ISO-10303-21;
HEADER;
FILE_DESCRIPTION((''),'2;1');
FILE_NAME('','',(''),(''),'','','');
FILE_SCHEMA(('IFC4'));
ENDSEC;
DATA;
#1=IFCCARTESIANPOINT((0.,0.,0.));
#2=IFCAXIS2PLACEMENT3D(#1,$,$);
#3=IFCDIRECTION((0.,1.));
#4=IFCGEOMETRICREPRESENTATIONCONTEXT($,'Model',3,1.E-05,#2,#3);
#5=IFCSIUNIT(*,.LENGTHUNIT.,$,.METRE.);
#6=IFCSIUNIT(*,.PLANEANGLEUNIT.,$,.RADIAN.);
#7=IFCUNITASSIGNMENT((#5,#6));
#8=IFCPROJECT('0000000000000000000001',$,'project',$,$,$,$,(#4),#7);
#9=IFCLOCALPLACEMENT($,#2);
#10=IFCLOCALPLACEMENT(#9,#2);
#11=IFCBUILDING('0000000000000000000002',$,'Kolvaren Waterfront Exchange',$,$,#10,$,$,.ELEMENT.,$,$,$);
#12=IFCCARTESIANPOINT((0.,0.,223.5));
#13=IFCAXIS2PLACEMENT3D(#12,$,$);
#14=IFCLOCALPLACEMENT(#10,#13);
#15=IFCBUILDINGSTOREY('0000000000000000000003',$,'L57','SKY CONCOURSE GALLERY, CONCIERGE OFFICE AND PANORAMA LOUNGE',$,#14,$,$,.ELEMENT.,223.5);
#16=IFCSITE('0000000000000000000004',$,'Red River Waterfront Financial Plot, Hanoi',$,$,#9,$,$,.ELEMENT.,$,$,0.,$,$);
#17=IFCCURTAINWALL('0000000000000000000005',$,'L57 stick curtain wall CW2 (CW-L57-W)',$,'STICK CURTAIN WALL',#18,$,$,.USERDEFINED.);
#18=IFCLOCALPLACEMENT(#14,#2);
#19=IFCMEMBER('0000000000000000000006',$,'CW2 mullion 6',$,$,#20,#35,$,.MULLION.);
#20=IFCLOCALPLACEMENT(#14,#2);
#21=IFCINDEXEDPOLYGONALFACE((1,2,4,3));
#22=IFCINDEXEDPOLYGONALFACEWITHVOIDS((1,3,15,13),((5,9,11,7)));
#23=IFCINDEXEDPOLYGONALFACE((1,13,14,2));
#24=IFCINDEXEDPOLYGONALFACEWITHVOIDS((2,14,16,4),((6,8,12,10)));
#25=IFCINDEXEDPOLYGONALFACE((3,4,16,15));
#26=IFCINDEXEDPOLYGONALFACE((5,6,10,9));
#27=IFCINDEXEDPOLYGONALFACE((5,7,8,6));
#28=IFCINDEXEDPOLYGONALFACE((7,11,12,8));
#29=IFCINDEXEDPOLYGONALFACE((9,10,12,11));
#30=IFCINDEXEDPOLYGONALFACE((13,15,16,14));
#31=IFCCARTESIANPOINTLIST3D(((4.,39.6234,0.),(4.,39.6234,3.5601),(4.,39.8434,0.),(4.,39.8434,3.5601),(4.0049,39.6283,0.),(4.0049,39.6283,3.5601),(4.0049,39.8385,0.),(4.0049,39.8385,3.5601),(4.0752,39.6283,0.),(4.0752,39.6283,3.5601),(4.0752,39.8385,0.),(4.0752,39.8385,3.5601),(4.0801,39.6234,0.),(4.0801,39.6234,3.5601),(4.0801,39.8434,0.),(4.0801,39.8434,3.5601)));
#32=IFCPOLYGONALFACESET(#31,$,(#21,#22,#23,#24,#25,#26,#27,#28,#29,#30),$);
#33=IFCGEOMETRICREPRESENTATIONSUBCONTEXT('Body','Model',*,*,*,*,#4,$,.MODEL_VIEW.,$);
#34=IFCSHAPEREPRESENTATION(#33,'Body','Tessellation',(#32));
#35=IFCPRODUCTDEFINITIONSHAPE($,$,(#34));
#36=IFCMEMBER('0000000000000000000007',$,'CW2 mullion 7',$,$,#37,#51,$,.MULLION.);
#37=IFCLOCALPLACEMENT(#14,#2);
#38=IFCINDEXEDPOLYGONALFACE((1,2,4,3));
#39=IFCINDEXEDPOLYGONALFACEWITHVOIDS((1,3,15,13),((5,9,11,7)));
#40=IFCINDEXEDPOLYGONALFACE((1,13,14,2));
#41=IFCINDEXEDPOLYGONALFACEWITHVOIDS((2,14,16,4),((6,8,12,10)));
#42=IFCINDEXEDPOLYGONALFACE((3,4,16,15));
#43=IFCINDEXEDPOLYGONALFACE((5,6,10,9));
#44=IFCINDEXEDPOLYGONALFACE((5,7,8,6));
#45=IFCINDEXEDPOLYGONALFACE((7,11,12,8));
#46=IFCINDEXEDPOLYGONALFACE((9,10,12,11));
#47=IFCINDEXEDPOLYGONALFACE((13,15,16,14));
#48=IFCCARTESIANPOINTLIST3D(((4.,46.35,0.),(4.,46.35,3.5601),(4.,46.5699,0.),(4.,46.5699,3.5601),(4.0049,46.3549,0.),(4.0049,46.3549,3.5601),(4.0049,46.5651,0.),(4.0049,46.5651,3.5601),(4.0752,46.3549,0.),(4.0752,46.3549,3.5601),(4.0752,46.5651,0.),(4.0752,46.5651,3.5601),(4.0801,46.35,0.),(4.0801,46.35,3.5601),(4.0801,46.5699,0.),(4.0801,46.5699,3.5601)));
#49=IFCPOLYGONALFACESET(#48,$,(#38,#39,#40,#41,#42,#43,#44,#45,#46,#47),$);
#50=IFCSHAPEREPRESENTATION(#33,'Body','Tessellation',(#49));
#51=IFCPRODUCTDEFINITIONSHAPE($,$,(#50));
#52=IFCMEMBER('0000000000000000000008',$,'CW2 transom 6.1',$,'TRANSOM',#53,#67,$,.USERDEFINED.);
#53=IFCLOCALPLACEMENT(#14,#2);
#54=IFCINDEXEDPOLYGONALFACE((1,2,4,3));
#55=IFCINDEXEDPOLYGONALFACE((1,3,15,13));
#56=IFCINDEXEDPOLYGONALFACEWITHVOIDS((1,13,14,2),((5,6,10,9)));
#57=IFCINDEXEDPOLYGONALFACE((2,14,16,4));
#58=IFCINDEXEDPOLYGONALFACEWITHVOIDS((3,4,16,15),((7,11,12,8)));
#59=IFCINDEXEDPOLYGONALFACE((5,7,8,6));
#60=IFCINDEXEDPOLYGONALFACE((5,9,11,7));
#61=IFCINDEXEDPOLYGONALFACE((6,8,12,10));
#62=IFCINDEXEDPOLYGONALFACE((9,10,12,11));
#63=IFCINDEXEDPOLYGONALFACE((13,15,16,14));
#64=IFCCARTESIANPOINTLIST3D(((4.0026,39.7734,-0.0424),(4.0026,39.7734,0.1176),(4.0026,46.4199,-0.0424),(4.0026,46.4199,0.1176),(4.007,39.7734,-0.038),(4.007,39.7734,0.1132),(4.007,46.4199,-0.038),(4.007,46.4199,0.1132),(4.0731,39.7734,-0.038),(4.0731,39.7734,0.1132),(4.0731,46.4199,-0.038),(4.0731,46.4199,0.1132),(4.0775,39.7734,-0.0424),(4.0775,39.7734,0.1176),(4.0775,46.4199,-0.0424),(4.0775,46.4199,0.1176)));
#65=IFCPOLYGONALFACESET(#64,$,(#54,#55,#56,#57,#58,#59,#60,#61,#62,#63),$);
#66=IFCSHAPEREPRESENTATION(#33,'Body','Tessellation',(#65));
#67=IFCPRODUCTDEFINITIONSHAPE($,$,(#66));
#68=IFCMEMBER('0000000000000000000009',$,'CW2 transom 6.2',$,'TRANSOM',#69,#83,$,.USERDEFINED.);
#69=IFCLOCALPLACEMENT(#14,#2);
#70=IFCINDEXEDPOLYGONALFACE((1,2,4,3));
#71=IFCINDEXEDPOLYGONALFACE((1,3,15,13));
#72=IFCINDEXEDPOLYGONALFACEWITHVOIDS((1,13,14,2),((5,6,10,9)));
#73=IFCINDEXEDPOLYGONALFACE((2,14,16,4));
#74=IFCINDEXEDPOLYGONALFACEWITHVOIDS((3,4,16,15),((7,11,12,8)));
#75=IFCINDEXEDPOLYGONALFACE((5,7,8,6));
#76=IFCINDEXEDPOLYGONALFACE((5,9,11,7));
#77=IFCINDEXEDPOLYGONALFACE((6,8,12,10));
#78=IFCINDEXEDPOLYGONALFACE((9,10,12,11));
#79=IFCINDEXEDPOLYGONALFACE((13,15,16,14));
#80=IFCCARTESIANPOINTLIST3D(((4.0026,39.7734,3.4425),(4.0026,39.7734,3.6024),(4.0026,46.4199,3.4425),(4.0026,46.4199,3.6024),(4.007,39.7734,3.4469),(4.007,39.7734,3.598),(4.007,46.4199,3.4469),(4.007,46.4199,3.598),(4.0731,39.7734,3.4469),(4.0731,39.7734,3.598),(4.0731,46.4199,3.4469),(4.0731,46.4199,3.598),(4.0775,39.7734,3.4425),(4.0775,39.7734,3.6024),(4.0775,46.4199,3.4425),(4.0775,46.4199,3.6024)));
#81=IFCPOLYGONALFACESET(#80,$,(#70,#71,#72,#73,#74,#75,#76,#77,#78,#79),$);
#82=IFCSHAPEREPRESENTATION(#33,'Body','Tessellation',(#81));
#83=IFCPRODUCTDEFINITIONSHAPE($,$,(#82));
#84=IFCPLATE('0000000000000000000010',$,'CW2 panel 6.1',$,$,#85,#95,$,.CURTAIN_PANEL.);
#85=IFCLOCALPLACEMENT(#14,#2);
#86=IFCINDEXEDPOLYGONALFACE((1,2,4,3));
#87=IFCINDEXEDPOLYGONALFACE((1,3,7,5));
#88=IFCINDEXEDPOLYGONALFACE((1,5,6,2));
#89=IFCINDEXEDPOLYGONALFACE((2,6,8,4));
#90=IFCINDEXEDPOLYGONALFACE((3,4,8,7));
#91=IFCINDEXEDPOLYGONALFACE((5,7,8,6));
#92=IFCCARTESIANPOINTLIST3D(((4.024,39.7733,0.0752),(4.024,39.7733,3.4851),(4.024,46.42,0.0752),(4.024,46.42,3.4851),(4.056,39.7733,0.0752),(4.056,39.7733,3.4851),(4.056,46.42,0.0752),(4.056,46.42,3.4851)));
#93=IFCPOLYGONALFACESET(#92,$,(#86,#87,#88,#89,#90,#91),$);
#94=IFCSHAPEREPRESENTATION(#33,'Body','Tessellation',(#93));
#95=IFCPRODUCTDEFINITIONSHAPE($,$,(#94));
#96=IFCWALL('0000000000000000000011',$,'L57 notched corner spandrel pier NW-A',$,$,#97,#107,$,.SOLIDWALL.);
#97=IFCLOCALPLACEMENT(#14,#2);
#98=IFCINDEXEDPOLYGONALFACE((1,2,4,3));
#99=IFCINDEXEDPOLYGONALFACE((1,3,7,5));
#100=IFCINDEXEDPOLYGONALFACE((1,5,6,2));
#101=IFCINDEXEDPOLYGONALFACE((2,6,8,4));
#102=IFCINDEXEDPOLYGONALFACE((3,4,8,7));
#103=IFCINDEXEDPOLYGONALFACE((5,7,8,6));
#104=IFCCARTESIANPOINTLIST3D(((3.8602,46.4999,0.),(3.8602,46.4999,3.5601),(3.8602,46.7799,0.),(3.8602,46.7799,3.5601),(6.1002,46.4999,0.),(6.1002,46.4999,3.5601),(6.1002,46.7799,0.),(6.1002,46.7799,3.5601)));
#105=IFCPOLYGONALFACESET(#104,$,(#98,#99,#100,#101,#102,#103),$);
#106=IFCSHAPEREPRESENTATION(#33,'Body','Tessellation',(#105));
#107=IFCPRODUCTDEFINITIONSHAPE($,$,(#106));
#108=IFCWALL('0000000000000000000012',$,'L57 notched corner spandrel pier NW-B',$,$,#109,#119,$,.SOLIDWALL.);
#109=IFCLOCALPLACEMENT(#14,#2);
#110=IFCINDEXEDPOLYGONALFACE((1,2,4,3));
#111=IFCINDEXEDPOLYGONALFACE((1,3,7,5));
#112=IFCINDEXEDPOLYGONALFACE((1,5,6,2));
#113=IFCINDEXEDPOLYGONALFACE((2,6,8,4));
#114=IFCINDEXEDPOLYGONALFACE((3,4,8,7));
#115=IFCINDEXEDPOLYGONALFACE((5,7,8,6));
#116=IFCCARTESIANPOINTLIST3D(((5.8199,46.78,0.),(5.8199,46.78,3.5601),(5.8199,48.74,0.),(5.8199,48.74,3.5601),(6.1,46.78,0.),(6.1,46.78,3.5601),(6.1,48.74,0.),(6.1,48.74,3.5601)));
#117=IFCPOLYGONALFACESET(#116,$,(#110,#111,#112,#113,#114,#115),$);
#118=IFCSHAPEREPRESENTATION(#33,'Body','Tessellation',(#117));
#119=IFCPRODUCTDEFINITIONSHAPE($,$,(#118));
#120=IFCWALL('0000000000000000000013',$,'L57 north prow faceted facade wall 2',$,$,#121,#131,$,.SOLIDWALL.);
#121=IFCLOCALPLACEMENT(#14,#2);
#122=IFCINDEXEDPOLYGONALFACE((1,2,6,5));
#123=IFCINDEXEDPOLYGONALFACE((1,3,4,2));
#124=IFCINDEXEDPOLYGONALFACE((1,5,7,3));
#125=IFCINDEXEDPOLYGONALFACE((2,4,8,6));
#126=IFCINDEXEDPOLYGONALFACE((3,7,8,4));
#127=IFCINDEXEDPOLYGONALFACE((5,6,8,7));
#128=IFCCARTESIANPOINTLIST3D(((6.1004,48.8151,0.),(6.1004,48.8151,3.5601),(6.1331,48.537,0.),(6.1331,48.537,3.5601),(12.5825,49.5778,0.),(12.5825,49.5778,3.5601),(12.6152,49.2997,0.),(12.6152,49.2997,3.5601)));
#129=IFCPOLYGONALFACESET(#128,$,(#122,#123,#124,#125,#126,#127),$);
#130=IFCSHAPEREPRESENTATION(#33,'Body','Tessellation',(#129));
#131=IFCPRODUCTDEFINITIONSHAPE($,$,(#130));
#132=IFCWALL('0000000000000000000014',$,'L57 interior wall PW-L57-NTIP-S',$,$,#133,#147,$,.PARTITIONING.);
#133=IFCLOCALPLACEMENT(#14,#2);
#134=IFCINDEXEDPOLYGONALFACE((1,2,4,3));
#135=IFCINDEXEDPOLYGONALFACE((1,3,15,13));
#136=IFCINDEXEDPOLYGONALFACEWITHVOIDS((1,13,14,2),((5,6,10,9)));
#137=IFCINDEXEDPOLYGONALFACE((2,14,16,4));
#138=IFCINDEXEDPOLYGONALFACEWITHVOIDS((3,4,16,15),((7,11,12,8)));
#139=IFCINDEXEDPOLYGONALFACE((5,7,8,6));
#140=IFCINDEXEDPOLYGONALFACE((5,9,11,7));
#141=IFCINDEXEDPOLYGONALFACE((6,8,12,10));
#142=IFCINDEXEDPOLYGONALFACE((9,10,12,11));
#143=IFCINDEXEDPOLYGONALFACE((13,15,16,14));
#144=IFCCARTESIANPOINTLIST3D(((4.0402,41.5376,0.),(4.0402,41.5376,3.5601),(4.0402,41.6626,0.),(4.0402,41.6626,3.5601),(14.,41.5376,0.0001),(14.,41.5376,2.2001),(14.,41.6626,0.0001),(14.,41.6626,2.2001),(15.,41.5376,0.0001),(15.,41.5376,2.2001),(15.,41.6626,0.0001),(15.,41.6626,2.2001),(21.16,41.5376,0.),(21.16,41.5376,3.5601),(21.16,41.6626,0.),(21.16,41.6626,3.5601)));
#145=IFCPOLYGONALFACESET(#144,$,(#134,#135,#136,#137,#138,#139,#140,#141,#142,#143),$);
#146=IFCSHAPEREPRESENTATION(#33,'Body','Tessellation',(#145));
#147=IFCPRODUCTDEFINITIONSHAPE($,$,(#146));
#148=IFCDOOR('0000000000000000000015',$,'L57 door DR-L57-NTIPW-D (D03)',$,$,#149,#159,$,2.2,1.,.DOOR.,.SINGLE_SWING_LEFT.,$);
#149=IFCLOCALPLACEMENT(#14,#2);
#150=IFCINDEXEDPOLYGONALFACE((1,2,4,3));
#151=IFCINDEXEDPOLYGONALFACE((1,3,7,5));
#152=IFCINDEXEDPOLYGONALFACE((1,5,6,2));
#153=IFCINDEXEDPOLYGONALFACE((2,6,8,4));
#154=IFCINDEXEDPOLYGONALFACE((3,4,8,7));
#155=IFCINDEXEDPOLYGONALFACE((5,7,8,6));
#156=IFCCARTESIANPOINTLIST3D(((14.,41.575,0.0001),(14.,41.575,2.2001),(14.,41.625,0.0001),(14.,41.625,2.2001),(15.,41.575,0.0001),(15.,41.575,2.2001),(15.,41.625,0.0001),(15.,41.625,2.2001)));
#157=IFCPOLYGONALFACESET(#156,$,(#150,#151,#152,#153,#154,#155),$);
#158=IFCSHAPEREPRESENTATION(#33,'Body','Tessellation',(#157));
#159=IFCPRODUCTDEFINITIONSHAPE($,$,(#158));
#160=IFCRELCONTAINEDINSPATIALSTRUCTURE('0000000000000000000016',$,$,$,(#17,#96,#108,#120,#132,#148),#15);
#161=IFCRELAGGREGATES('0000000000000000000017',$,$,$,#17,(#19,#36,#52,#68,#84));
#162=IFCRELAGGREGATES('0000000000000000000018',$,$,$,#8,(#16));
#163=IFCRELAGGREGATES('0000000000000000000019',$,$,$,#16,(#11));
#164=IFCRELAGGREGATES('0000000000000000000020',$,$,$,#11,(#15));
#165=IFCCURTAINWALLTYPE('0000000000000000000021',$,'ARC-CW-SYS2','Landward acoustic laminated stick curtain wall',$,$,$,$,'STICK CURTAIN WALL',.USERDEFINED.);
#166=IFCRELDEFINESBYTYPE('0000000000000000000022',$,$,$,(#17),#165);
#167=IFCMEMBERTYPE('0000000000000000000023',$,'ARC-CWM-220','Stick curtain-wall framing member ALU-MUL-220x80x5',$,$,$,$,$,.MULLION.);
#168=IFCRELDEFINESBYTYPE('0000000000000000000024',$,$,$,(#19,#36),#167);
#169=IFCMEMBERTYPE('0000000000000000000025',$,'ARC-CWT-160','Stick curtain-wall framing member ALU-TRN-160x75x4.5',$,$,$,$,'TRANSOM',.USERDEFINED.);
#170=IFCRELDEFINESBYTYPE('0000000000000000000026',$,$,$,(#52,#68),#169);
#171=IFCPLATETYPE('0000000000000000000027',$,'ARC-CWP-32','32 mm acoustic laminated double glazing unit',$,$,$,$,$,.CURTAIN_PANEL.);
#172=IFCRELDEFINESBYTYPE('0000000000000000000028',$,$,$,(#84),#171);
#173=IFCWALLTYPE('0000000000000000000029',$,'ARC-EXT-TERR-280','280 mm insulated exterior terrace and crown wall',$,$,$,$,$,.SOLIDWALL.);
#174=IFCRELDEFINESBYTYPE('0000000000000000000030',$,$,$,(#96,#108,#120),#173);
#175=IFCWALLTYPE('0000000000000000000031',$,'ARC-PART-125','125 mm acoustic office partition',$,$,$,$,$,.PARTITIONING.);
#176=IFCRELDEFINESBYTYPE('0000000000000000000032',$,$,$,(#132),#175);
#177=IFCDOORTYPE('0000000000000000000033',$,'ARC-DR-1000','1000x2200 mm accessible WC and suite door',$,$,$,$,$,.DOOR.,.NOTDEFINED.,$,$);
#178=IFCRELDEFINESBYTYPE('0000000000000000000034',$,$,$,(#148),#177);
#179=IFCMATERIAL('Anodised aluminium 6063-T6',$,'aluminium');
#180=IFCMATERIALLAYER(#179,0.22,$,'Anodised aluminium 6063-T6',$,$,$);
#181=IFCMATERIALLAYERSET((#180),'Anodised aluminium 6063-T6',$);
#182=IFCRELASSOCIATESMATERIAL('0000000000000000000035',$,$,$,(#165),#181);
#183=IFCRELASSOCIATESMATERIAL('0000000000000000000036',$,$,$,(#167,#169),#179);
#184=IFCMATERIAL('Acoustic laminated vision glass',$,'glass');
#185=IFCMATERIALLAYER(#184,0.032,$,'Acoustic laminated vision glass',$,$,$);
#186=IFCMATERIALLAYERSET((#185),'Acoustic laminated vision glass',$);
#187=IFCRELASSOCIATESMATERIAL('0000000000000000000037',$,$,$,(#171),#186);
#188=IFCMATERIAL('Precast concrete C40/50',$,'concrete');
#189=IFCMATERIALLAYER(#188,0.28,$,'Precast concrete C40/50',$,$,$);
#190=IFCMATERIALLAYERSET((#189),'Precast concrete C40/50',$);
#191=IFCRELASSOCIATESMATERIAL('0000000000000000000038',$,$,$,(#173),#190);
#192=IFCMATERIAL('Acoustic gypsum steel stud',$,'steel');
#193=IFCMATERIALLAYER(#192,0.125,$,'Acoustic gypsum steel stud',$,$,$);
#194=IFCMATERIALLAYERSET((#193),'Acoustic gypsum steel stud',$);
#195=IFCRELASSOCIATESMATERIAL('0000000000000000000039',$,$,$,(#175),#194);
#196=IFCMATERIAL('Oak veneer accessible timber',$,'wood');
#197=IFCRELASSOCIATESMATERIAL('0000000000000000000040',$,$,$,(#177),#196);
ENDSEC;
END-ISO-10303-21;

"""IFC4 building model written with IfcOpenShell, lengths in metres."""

from ifc_helpers import new_model, si_unit, direction, frame, frame_2d, origin, origin_with_axes, origin_2d, place, context, subcontext, project, spatial, rectangle, hollow_rectangle, extrude, source, transform, mapped, material, layer, layer_set, material_profile, profile_set, type_object, element, fill, aggregate, save


model = new_model("IFC4")

# Units and contexts
model_context = context("Model", 3, precision=1e-05, world=origin(), true_north=direction((0.0, 1.0)))
body_context = subcontext(model_context, "Body", "Model", "MODEL_VIEW")
ifc_project = project(units=[si_unit("LENGTHUNIT", "METRE"), si_unit("PLANEANGLEUNIT", "RADIAN")], contexts=[model_context])

# Site, building, storey
site_placement = place(None, origin())
site = spatial("IfcSite", under=ifc_project, at=site_placement, Name="Red River Waterfront Financial Plot, Hanoi", CompositionType="ELEMENT", RefElevation=0.0)
building_placement = place(site_placement, origin())
building = spatial("IfcBuilding", under=site, at=building_placement, Name="Kolvaren Waterfront Exchange", CompositionType="ELEMENT")
storey_placement = place(building_placement, frame((0.0, 0.0, 223.5)))
storey = spatial("IfcBuildingStorey", under=building, at=storey_placement, Name="L57", Description="SKY CONCOURSE GALLERY, CONCIERGE OFFICE AND PANORAMA LOUNGE", CompositionType="ELEMENT", Elevation=223.5)

# Curtain wall, members, plate
ifc_material_1 = material(Name="Anodised aluminium 6063-T6", Category="aluminium")
ifc_layer_1 = layer(ifc_material_1, 0.22, Name="Anodised aluminium 6063-T6")
ifc_layer_set_1 = layer_set([ifc_layer_1], Name="Anodised aluminium 6063-T6")
curtain_wall_type = type_object("IfcCurtainWallType", Name="ARC-CW-SYS2", Description="Landward acoustic laminated stick curtain wall", ElementType="STICK CURTAIN WALL", PredefinedType="USERDEFINED", material=ifc_layer_set_1)
curtain_wall_placement = place(storey_placement, origin())
curtain_wall = element("IfcCurtainWall", 1, at=curtain_wall_placement, inside=storey, type_object=curtain_wall_type, Name="L57 stick curtain wall CW2 (CW-L57-W)", ObjectType="STICK CURTAIN WALL", PredefinedType="USERDEFINED")
ifc_material_profile_1 = material_profile(ifc_material_1, hollow_rectangle(XDim=0.0801, YDim=0.22, WallThickness=0.0049, at=origin_2d()), Name="ALU-MUL-220x80x5")
ifc_profile_set_1 = profile_set([ifc_material_profile_1], Name="Anodised aluminium 6063-T6")
member_type_1 = type_object("IfcMemberType", Name="ARC-CWM-220", Description="Stick curtain-wall framing member ALU-MUL-220x80x5", PredefinedType="MULLION", material=ifc_profile_set_1)
shared_shape_1 = source(origin_with_axes(), body_context, "Body", "SweptSolid", [
    extrude(hollow_rectangle(XDim=0.0801, YDim=0.22, WallThickness=0.0049, at=origin_2d()), origin(), (0.0, 0.0, 1.0), 3.5601),
])
member_1_placement = place(storey_placement, frame((4.04, 39.7334, 0.0), z_axis=(0.0, 0.0, 1.0), x_axis=(-1.0, 0.0, 0.0)))
member_1 = element("IfcMember", 2, at=member_1_placement, type_object=member_type_1, Name="CW2 mullion 6", PredefinedType="MULLION", context=body_context, shape_type="MappedRepresentation", body=[
    mapped(shared_shape_1, transform((0.0, 0.0, 0.0), x_axis=(1.0, 0.0, 0.0), y_axis=(0.0, 1.0, 0.0), z_axis=(0.0, 0.0, 1.0), scale=1.0)),
])
member_2_placement = place(storey_placement, frame((4.04, 46.46, 0.0), z_axis=(0.0, 0.0, 1.0), x_axis=(-1.0, 0.0, 0.0)))
member_2 = element("IfcMember", 3, at=member_2_placement, type_object=member_type_1, Name="CW2 mullion 7", PredefinedType="MULLION", context=body_context, shape_type="MappedRepresentation", body=[
    mapped(shared_shape_1, transform((0.0, 0.0, 0.0), x_axis=(1.0, 0.0, 0.0), y_axis=(0.0, 1.0, 0.0), z_axis=(0.0, 0.0, 1.0), scale=1.0)),
])
ifc_material_profile_2 = material_profile(ifc_material_1, hollow_rectangle(XDim=0.075, YDim=0.1599, WallThickness=0.0044, at=origin_2d()), Name="ALU-TRN-160x75x4.5")
ifc_profile_set_2 = profile_set([ifc_material_profile_2], Name="Anodised aluminium 6063-T6")
member_type_2 = type_object("IfcMemberType", Name="ARC-CWT-160", Description="Stick curtain-wall framing member ALU-TRN-160x75x4.5", ElementType="TRANSOM", PredefinedType="USERDEFINED", material=ifc_profile_set_2)
shared_shape_2 = source(origin_with_axes(), body_context, "Body", "SweptSolid", [
    extrude(hollow_rectangle(XDim=0.075, YDim=0.1599, WallThickness=0.0044, at=origin_2d()), origin(), (0.0, 0.0, 1.0), 6.6465),
])
member_3_placement = place(storey_placement, frame((4.04, 39.7734, 0.0376), z_axis=(0.0, 1.0, 0.0), x_axis=(-1.0, 0.0, 0.0)))
member_3 = element("IfcMember", 4, at=member_3_placement, type_object=member_type_2, Name="CW2 transom 6.1", ObjectType="TRANSOM", PredefinedType="USERDEFINED", context=body_context, shape_type="MappedRepresentation", body=[
    mapped(shared_shape_2, transform((0.0, 0.0, 0.0), x_axis=(1.0, 0.0, 0.0), y_axis=(0.0, 1.0, 0.0), z_axis=(0.0, 0.0, 1.0), scale=1.0)),
])
member_4_placement = place(storey_placement, frame((4.04, 39.7734, 3.5225), z_axis=(0.0, 1.0, 0.0), x_axis=(-1.0, 0.0, 0.0)))
member_4 = element("IfcMember", 5, at=member_4_placement, type_object=member_type_2, Name="CW2 transom 6.2", ObjectType="TRANSOM", PredefinedType="USERDEFINED", context=body_context, shape_type="MappedRepresentation", body=[
    mapped(shared_shape_2, transform((0.0, 0.0, 0.0), x_axis=(1.0, 0.0, 0.0), y_axis=(0.0, 1.0, 0.0), z_axis=(0.0, 0.0, 1.0), scale=1.0)),
])
ifc_material_2 = material(Name="Acoustic laminated vision glass", Category="glass")
ifc_layer_2 = layer(ifc_material_2, 0.032, Name="Acoustic laminated vision glass")
ifc_layer_set_2 = layer_set([ifc_layer_2], Name="Acoustic laminated vision glass")
plate_type = type_object("IfcPlateType", Name="ARC-CWP-32", Description="32 mm acoustic laminated double glazing unit", PredefinedType="CURTAIN_PANEL", material=ifc_layer_set_2)
shared_shape_3 = source(origin_with_axes(), body_context, "Body", "SweptSolid", [
    extrude(rectangle(XDim=6.6467, YDim=0.032, at=origin_2d()), origin(), (0.0, 0.0, 1.0), 3.4099),
])
plate_placement = place(storey_placement, frame((4.04, 43.0967, 0.0752), z_axis=(0.0, 0.0, 1.0), x_axis=(0.0, 1.0, 0.0)))
plate = element("IfcPlate", 6, at=plate_placement, type_object=plate_type, Name="CW2 panel 6.1", PredefinedType="CURTAIN_PANEL", context=body_context, shape_type="MappedRepresentation", body=[
    mapped(shared_shape_3, transform((0.0, 0.0, 0.0), x_axis=(1.0, 0.0, 0.0), y_axis=(0.0, 1.0, 0.0), z_axis=(0.0, 0.0, 1.0), scale=1.0)),
])
aggregate(curtain_wall, [member_1, member_2, member_3, member_4, plate])

# Walls
ifc_material_3 = material(Name="Precast concrete C40/50", Category="concrete")
ifc_layer_3 = layer(ifc_material_3, 0.28, Name="Precast concrete C40/50")
ifc_layer_set_3 = layer_set([ifc_layer_3], Name="Precast concrete C40/50")
wall_type_1 = type_object("IfcWallType", Name="ARC-EXT-TERR-280", Description="280 mm insulated exterior terrace and crown wall", PredefinedType="SOLIDWALL", material=ifc_layer_set_3)
wall_1_placement = place(storey_placement, frame((3.8601, 46.6399, 0.0), z_axis=(0.0, 0.0, 1.0), x_axis=(1.0, 0.0, 0.0)))
element("IfcWall", 7, at=wall_1_placement, inside=storey, type_object=wall_type_1, Name="L57 notched corner spandrel pier NW-A", PredefinedType="SOLIDWALL", context=body_context, shape_type="SweptSolid", body=[
    extrude(rectangle(XDim=2.24, YDim=0.28, at=frame_2d((1.1201, 0.0))), origin(), (0.0, 0.0, 1.0), 3.5601),
])
wall_2_placement = place(storey_placement, frame((5.96, 46.78, 0.0), z_axis=(0.0, 0.0, 1.0), x_axis=(0.0, 1.0, 0.0)))
element("IfcWall", 8, at=wall_2_placement, inside=storey, type_object=wall_type_1, Name="L57 notched corner spandrel pier NW-B", PredefinedType="SOLIDWALL", context=body_context, shape_type="SweptSolid", body=[
    extrude(rectangle(XDim=1.96, YDim=0.28, at=frame_2d((0.98, 0.0))), origin(), (0.0, 0.0, 1.0), 3.5601),
])
wall_3_placement = place(storey_placement, frame((12.5989, 49.4387, 0.0), z_axis=(0.0, 0.0, 1.0), x_axis=(-0.993149, -0.116854, 0.0)))
element("IfcWall", 9, at=wall_3_placement, inside=storey, type_object=wall_type_1, Name="L57 north prow faceted facade wall 2", PredefinedType="SOLIDWALL", context=body_context, shape_type="SweptSolid", body=[
    extrude(rectangle(XDim=6.5269, YDim=0.28, at=frame_2d((3.2634, 0.0))), origin(), (0.0, 0.0, 1.0), 3.5601),
])

# Wall, opening, door
ifc_material_4 = material(Name="Acoustic gypsum steel stud", Category="steel")
ifc_layer_4 = layer(ifc_material_4, 0.125, Name="Acoustic gypsum steel stud")
ifc_layer_set_4 = layer_set([ifc_layer_4], Name="Acoustic gypsum steel stud")
wall_type_2 = type_object("IfcWallType", Name="ARC-PART-125", Description="125 mm acoustic office partition", PredefinedType="PARTITIONING", material=ifc_layer_set_4)
wall_4_placement = place(storey_placement, frame((4.04, 41.6001, 0.0), z_axis=(0.0, 0.0, 1.0), x_axis=(1.0, 0.0, 0.0)))
wall_4 = element("IfcWall", 10, at=wall_4_placement, inside=storey, type_object=wall_type_2, Name="L57 interior wall PW-L57-NTIP-S", PredefinedType="PARTITIONING", context=body_context, shape_type="SweptSolid", body=[
    extrude(rectangle(XDim=17.1199, YDim=0.125, at=frame_2d((8.5601, 0.0))), origin(), (0.0, 0.0, 1.0), 3.5601),
])
opening_1_placement = place(wall_4_placement, frame((9.96, 0.0, 0.0)))
opening_1 = element("IfcOpeningElement", 11, at=opening_1_placement, cuts=wall_4, PredefinedType="OPENING", context=body_context, shape_type="SweptSolid", body=[
    extrude(rectangle(XDim=1.0, YDim=2.2, at=frame_2d((0.5, 1.1001))), frame((0.0, 0.0725, 0.0), z_axis=(0.0, -1.0, 0.0), x_axis=(1.0, 0.0, 0.0)), (0.0, 0.0, 1.0), 0.145),
])
ifc_material_5 = material(Name="Oak veneer accessible timber", Category="wood")
door_type_1 = type_object("IfcDoorType", Name="ARC-DR-1000", Description="1000x2200 mm accessible WC and suite door", OperationType="NOTDEFINED", PredefinedType="DOOR", material=ifc_material_5)
door_1_placement = place(opening_1_placement, origin())
door_1 = element("IfcDoor", 12, at=door_1_placement, inside=storey, type_object=door_type_1, Name="L57 door DR-L57-NTIPW-D (D03)", OperationType="SINGLE_SWING_LEFT", OverallHeight=2.2, OverallWidth=1.0, PredefinedType="DOOR", context=body_context, shape_type="SweptSolid", body=[
    extrude(rectangle(XDim=1.0, YDim=2.2, at=frame_2d((0.5, 1.1001))), frame((0.0, 0.0249, 0.0), z_axis=(0.0, -1.0, 0.0), x_axis=(1.0, 0.0, 0.0)), (0.0, 0.0, 1.0), 0.05),
])
fill(opening_1, door_1)

save(model, "model.ifc")
